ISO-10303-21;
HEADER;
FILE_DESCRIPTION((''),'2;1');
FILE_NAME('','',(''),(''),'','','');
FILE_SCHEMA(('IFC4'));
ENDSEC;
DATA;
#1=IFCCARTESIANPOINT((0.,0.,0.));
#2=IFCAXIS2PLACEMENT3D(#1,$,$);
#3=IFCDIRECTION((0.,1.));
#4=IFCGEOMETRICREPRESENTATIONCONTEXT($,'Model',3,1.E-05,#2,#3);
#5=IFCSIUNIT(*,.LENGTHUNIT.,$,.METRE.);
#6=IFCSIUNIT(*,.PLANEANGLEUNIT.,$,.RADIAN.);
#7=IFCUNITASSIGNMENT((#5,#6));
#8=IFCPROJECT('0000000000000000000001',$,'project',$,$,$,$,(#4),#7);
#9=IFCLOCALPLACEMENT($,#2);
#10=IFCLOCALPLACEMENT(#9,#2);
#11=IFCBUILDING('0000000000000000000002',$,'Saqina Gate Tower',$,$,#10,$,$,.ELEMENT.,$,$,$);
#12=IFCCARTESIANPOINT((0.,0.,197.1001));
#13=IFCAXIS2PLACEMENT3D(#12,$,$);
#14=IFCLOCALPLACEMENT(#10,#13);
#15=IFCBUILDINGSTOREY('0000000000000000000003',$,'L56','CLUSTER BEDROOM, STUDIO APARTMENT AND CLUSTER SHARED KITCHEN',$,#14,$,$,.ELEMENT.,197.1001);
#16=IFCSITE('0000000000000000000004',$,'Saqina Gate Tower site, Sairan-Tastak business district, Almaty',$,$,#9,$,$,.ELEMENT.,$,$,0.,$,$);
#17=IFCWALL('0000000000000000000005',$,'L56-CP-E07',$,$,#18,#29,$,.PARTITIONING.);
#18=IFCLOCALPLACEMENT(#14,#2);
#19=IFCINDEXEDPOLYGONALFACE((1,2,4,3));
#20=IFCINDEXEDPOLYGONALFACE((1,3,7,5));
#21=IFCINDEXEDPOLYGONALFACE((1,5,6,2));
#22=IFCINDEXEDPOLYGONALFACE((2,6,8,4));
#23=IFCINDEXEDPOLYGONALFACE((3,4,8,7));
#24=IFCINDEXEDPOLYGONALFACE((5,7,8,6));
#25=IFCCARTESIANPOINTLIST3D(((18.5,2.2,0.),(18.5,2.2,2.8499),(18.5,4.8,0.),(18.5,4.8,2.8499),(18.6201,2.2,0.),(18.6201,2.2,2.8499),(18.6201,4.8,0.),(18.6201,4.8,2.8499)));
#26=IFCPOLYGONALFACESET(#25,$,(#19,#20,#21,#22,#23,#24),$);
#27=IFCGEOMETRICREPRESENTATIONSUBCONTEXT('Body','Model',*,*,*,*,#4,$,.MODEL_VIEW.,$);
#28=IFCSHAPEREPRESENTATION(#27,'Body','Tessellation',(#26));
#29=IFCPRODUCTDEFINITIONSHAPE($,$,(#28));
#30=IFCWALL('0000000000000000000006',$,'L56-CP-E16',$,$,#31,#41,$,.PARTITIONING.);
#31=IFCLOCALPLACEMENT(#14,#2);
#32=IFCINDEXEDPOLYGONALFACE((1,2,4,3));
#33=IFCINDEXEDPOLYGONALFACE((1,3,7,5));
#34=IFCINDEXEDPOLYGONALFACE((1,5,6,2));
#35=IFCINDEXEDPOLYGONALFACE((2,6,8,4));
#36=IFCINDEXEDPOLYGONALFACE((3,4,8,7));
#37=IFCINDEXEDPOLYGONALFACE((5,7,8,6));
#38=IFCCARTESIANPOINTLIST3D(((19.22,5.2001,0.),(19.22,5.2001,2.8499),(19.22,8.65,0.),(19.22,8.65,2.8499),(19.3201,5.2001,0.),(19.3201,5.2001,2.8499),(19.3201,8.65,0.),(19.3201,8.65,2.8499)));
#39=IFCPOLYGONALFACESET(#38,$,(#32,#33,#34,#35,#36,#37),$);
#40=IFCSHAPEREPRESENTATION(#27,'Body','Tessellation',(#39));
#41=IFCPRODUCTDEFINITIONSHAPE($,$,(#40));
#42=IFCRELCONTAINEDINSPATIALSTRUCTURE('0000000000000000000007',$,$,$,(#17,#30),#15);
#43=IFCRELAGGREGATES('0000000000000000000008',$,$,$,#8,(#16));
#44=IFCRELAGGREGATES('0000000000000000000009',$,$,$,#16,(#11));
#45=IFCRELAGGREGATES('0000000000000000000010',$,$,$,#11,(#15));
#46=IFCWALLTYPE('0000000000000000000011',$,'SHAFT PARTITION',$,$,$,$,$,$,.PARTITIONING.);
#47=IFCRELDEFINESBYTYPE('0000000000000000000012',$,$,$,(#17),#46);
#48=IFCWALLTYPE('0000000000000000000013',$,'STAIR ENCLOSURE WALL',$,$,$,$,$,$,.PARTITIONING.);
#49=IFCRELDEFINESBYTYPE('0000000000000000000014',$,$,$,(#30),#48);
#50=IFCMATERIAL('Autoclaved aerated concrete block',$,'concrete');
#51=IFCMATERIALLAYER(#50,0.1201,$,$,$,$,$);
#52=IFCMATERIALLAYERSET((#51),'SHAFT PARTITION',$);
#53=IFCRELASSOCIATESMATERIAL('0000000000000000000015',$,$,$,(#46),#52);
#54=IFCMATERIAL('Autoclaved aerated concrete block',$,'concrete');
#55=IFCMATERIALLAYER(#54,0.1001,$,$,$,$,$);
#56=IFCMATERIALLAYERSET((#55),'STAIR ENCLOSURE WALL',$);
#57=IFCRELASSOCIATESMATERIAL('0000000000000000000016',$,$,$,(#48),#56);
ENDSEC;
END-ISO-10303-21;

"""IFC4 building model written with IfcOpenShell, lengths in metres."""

from ifc_helpers import new_model, si_unit, direction, frame, frame_2d, origin, place, context, subcontext, project, spatial, rectangle, extrude, material, layer, layer_set, type_object, element, save


model = new_model("IFC4")

# Units and contexts
model_context = context("Model", 3, precision=1e-05, world=origin(), true_north=direction((0.0, 1.0)))
body_context = subcontext(model_context, "Body", "Model", "MODEL_VIEW")
ifc_project = project(units=[si_unit("LENGTHUNIT", "METRE"), si_unit("PLANEANGLEUNIT", "RADIAN")], contexts=[model_context])

# Site, building, storey
site_placement = place(None, origin())
site = spatial("IfcSite", under=ifc_project, at=site_placement, Name="Saqina Gate Tower site, Sairan-Tastak business district, Almaty", CompositionType="ELEMENT", RefElevation=0.0)
building_placement = place(site_placement, origin())
building = spatial("IfcBuilding", under=site, at=building_placement, Name="Saqina Gate Tower", CompositionType="ELEMENT")
storey_placement = place(building_placement, frame((0.0, 0.0, 197.1001)))
storey = spatial("IfcBuildingStorey", under=building, at=storey_placement, Name="L56", Description="CLUSTER BEDROOM, STUDIO APARTMENT AND CLUSTER SHARED KITCHEN", CompositionType="ELEMENT", Elevation=197.1001)

# Walls
ifc_material_1 = material(Name="Autoclaved aerated concrete block", Category="concrete")
ifc_layer_1 = layer(ifc_material_1, 0.1201)
ifc_layer_set_1 = layer_set([ifc_layer_1], Name="SHAFT PARTITION")
wall_type_1 = type_object("IfcWallType", Name="SHAFT PARTITION", PredefinedType="PARTITIONING", material=ifc_layer_set_1)
wall_1_placement = place(storey_placement, frame((18.5601, 2.2, 0.0), z_axis=(0.0, 0.0, 1.0), x_axis=(0.0, 1.0, 0.0)))
element("IfcWall", 1, at=wall_1_placement, inside=storey, type_object=wall_type_1, Name="L56-CP-E07", PredefinedType="PARTITIONING", context=body_context, shape_type="SweptSolid", body=[
    extrude(rectangle(XDim=2.6001, YDim=0.1201, at=frame_2d((1.3, 0.0))), origin(), (0.0, 0.0, 1.0), 2.8499),
])
ifc_material_2 = material(Name="Autoclaved aerated concrete block", Category="concrete")
ifc_layer_2 = layer(ifc_material_2, 0.1001)
ifc_layer_set_2 = layer_set([ifc_layer_2], Name="STAIR ENCLOSURE WALL")
wall_type_2 = type_object("IfcWallType", Name="STAIR ENCLOSURE WALL", PredefinedType="PARTITIONING", material=ifc_layer_set_2)
wall_2_placement = place(storey_placement, frame((19.27, 5.2, 0.0), z_axis=(0.0, 0.0, 1.0), x_axis=(0.0, 1.0, 0.0)))
element("IfcWall", 2, at=wall_2_placement, inside=storey, type_object=wall_type_2, Name="L56-CP-E16", PredefinedType="PARTITIONING", context=body_context, shape_type="SweptSolid", body=[
    extrude(rectangle(XDim=3.45, YDim=0.1001, at=frame_2d((1.7251, 0.0))), origin(), (0.0, 0.0, 1.0), 2.8499),
])

save(model, "model.ifc")
